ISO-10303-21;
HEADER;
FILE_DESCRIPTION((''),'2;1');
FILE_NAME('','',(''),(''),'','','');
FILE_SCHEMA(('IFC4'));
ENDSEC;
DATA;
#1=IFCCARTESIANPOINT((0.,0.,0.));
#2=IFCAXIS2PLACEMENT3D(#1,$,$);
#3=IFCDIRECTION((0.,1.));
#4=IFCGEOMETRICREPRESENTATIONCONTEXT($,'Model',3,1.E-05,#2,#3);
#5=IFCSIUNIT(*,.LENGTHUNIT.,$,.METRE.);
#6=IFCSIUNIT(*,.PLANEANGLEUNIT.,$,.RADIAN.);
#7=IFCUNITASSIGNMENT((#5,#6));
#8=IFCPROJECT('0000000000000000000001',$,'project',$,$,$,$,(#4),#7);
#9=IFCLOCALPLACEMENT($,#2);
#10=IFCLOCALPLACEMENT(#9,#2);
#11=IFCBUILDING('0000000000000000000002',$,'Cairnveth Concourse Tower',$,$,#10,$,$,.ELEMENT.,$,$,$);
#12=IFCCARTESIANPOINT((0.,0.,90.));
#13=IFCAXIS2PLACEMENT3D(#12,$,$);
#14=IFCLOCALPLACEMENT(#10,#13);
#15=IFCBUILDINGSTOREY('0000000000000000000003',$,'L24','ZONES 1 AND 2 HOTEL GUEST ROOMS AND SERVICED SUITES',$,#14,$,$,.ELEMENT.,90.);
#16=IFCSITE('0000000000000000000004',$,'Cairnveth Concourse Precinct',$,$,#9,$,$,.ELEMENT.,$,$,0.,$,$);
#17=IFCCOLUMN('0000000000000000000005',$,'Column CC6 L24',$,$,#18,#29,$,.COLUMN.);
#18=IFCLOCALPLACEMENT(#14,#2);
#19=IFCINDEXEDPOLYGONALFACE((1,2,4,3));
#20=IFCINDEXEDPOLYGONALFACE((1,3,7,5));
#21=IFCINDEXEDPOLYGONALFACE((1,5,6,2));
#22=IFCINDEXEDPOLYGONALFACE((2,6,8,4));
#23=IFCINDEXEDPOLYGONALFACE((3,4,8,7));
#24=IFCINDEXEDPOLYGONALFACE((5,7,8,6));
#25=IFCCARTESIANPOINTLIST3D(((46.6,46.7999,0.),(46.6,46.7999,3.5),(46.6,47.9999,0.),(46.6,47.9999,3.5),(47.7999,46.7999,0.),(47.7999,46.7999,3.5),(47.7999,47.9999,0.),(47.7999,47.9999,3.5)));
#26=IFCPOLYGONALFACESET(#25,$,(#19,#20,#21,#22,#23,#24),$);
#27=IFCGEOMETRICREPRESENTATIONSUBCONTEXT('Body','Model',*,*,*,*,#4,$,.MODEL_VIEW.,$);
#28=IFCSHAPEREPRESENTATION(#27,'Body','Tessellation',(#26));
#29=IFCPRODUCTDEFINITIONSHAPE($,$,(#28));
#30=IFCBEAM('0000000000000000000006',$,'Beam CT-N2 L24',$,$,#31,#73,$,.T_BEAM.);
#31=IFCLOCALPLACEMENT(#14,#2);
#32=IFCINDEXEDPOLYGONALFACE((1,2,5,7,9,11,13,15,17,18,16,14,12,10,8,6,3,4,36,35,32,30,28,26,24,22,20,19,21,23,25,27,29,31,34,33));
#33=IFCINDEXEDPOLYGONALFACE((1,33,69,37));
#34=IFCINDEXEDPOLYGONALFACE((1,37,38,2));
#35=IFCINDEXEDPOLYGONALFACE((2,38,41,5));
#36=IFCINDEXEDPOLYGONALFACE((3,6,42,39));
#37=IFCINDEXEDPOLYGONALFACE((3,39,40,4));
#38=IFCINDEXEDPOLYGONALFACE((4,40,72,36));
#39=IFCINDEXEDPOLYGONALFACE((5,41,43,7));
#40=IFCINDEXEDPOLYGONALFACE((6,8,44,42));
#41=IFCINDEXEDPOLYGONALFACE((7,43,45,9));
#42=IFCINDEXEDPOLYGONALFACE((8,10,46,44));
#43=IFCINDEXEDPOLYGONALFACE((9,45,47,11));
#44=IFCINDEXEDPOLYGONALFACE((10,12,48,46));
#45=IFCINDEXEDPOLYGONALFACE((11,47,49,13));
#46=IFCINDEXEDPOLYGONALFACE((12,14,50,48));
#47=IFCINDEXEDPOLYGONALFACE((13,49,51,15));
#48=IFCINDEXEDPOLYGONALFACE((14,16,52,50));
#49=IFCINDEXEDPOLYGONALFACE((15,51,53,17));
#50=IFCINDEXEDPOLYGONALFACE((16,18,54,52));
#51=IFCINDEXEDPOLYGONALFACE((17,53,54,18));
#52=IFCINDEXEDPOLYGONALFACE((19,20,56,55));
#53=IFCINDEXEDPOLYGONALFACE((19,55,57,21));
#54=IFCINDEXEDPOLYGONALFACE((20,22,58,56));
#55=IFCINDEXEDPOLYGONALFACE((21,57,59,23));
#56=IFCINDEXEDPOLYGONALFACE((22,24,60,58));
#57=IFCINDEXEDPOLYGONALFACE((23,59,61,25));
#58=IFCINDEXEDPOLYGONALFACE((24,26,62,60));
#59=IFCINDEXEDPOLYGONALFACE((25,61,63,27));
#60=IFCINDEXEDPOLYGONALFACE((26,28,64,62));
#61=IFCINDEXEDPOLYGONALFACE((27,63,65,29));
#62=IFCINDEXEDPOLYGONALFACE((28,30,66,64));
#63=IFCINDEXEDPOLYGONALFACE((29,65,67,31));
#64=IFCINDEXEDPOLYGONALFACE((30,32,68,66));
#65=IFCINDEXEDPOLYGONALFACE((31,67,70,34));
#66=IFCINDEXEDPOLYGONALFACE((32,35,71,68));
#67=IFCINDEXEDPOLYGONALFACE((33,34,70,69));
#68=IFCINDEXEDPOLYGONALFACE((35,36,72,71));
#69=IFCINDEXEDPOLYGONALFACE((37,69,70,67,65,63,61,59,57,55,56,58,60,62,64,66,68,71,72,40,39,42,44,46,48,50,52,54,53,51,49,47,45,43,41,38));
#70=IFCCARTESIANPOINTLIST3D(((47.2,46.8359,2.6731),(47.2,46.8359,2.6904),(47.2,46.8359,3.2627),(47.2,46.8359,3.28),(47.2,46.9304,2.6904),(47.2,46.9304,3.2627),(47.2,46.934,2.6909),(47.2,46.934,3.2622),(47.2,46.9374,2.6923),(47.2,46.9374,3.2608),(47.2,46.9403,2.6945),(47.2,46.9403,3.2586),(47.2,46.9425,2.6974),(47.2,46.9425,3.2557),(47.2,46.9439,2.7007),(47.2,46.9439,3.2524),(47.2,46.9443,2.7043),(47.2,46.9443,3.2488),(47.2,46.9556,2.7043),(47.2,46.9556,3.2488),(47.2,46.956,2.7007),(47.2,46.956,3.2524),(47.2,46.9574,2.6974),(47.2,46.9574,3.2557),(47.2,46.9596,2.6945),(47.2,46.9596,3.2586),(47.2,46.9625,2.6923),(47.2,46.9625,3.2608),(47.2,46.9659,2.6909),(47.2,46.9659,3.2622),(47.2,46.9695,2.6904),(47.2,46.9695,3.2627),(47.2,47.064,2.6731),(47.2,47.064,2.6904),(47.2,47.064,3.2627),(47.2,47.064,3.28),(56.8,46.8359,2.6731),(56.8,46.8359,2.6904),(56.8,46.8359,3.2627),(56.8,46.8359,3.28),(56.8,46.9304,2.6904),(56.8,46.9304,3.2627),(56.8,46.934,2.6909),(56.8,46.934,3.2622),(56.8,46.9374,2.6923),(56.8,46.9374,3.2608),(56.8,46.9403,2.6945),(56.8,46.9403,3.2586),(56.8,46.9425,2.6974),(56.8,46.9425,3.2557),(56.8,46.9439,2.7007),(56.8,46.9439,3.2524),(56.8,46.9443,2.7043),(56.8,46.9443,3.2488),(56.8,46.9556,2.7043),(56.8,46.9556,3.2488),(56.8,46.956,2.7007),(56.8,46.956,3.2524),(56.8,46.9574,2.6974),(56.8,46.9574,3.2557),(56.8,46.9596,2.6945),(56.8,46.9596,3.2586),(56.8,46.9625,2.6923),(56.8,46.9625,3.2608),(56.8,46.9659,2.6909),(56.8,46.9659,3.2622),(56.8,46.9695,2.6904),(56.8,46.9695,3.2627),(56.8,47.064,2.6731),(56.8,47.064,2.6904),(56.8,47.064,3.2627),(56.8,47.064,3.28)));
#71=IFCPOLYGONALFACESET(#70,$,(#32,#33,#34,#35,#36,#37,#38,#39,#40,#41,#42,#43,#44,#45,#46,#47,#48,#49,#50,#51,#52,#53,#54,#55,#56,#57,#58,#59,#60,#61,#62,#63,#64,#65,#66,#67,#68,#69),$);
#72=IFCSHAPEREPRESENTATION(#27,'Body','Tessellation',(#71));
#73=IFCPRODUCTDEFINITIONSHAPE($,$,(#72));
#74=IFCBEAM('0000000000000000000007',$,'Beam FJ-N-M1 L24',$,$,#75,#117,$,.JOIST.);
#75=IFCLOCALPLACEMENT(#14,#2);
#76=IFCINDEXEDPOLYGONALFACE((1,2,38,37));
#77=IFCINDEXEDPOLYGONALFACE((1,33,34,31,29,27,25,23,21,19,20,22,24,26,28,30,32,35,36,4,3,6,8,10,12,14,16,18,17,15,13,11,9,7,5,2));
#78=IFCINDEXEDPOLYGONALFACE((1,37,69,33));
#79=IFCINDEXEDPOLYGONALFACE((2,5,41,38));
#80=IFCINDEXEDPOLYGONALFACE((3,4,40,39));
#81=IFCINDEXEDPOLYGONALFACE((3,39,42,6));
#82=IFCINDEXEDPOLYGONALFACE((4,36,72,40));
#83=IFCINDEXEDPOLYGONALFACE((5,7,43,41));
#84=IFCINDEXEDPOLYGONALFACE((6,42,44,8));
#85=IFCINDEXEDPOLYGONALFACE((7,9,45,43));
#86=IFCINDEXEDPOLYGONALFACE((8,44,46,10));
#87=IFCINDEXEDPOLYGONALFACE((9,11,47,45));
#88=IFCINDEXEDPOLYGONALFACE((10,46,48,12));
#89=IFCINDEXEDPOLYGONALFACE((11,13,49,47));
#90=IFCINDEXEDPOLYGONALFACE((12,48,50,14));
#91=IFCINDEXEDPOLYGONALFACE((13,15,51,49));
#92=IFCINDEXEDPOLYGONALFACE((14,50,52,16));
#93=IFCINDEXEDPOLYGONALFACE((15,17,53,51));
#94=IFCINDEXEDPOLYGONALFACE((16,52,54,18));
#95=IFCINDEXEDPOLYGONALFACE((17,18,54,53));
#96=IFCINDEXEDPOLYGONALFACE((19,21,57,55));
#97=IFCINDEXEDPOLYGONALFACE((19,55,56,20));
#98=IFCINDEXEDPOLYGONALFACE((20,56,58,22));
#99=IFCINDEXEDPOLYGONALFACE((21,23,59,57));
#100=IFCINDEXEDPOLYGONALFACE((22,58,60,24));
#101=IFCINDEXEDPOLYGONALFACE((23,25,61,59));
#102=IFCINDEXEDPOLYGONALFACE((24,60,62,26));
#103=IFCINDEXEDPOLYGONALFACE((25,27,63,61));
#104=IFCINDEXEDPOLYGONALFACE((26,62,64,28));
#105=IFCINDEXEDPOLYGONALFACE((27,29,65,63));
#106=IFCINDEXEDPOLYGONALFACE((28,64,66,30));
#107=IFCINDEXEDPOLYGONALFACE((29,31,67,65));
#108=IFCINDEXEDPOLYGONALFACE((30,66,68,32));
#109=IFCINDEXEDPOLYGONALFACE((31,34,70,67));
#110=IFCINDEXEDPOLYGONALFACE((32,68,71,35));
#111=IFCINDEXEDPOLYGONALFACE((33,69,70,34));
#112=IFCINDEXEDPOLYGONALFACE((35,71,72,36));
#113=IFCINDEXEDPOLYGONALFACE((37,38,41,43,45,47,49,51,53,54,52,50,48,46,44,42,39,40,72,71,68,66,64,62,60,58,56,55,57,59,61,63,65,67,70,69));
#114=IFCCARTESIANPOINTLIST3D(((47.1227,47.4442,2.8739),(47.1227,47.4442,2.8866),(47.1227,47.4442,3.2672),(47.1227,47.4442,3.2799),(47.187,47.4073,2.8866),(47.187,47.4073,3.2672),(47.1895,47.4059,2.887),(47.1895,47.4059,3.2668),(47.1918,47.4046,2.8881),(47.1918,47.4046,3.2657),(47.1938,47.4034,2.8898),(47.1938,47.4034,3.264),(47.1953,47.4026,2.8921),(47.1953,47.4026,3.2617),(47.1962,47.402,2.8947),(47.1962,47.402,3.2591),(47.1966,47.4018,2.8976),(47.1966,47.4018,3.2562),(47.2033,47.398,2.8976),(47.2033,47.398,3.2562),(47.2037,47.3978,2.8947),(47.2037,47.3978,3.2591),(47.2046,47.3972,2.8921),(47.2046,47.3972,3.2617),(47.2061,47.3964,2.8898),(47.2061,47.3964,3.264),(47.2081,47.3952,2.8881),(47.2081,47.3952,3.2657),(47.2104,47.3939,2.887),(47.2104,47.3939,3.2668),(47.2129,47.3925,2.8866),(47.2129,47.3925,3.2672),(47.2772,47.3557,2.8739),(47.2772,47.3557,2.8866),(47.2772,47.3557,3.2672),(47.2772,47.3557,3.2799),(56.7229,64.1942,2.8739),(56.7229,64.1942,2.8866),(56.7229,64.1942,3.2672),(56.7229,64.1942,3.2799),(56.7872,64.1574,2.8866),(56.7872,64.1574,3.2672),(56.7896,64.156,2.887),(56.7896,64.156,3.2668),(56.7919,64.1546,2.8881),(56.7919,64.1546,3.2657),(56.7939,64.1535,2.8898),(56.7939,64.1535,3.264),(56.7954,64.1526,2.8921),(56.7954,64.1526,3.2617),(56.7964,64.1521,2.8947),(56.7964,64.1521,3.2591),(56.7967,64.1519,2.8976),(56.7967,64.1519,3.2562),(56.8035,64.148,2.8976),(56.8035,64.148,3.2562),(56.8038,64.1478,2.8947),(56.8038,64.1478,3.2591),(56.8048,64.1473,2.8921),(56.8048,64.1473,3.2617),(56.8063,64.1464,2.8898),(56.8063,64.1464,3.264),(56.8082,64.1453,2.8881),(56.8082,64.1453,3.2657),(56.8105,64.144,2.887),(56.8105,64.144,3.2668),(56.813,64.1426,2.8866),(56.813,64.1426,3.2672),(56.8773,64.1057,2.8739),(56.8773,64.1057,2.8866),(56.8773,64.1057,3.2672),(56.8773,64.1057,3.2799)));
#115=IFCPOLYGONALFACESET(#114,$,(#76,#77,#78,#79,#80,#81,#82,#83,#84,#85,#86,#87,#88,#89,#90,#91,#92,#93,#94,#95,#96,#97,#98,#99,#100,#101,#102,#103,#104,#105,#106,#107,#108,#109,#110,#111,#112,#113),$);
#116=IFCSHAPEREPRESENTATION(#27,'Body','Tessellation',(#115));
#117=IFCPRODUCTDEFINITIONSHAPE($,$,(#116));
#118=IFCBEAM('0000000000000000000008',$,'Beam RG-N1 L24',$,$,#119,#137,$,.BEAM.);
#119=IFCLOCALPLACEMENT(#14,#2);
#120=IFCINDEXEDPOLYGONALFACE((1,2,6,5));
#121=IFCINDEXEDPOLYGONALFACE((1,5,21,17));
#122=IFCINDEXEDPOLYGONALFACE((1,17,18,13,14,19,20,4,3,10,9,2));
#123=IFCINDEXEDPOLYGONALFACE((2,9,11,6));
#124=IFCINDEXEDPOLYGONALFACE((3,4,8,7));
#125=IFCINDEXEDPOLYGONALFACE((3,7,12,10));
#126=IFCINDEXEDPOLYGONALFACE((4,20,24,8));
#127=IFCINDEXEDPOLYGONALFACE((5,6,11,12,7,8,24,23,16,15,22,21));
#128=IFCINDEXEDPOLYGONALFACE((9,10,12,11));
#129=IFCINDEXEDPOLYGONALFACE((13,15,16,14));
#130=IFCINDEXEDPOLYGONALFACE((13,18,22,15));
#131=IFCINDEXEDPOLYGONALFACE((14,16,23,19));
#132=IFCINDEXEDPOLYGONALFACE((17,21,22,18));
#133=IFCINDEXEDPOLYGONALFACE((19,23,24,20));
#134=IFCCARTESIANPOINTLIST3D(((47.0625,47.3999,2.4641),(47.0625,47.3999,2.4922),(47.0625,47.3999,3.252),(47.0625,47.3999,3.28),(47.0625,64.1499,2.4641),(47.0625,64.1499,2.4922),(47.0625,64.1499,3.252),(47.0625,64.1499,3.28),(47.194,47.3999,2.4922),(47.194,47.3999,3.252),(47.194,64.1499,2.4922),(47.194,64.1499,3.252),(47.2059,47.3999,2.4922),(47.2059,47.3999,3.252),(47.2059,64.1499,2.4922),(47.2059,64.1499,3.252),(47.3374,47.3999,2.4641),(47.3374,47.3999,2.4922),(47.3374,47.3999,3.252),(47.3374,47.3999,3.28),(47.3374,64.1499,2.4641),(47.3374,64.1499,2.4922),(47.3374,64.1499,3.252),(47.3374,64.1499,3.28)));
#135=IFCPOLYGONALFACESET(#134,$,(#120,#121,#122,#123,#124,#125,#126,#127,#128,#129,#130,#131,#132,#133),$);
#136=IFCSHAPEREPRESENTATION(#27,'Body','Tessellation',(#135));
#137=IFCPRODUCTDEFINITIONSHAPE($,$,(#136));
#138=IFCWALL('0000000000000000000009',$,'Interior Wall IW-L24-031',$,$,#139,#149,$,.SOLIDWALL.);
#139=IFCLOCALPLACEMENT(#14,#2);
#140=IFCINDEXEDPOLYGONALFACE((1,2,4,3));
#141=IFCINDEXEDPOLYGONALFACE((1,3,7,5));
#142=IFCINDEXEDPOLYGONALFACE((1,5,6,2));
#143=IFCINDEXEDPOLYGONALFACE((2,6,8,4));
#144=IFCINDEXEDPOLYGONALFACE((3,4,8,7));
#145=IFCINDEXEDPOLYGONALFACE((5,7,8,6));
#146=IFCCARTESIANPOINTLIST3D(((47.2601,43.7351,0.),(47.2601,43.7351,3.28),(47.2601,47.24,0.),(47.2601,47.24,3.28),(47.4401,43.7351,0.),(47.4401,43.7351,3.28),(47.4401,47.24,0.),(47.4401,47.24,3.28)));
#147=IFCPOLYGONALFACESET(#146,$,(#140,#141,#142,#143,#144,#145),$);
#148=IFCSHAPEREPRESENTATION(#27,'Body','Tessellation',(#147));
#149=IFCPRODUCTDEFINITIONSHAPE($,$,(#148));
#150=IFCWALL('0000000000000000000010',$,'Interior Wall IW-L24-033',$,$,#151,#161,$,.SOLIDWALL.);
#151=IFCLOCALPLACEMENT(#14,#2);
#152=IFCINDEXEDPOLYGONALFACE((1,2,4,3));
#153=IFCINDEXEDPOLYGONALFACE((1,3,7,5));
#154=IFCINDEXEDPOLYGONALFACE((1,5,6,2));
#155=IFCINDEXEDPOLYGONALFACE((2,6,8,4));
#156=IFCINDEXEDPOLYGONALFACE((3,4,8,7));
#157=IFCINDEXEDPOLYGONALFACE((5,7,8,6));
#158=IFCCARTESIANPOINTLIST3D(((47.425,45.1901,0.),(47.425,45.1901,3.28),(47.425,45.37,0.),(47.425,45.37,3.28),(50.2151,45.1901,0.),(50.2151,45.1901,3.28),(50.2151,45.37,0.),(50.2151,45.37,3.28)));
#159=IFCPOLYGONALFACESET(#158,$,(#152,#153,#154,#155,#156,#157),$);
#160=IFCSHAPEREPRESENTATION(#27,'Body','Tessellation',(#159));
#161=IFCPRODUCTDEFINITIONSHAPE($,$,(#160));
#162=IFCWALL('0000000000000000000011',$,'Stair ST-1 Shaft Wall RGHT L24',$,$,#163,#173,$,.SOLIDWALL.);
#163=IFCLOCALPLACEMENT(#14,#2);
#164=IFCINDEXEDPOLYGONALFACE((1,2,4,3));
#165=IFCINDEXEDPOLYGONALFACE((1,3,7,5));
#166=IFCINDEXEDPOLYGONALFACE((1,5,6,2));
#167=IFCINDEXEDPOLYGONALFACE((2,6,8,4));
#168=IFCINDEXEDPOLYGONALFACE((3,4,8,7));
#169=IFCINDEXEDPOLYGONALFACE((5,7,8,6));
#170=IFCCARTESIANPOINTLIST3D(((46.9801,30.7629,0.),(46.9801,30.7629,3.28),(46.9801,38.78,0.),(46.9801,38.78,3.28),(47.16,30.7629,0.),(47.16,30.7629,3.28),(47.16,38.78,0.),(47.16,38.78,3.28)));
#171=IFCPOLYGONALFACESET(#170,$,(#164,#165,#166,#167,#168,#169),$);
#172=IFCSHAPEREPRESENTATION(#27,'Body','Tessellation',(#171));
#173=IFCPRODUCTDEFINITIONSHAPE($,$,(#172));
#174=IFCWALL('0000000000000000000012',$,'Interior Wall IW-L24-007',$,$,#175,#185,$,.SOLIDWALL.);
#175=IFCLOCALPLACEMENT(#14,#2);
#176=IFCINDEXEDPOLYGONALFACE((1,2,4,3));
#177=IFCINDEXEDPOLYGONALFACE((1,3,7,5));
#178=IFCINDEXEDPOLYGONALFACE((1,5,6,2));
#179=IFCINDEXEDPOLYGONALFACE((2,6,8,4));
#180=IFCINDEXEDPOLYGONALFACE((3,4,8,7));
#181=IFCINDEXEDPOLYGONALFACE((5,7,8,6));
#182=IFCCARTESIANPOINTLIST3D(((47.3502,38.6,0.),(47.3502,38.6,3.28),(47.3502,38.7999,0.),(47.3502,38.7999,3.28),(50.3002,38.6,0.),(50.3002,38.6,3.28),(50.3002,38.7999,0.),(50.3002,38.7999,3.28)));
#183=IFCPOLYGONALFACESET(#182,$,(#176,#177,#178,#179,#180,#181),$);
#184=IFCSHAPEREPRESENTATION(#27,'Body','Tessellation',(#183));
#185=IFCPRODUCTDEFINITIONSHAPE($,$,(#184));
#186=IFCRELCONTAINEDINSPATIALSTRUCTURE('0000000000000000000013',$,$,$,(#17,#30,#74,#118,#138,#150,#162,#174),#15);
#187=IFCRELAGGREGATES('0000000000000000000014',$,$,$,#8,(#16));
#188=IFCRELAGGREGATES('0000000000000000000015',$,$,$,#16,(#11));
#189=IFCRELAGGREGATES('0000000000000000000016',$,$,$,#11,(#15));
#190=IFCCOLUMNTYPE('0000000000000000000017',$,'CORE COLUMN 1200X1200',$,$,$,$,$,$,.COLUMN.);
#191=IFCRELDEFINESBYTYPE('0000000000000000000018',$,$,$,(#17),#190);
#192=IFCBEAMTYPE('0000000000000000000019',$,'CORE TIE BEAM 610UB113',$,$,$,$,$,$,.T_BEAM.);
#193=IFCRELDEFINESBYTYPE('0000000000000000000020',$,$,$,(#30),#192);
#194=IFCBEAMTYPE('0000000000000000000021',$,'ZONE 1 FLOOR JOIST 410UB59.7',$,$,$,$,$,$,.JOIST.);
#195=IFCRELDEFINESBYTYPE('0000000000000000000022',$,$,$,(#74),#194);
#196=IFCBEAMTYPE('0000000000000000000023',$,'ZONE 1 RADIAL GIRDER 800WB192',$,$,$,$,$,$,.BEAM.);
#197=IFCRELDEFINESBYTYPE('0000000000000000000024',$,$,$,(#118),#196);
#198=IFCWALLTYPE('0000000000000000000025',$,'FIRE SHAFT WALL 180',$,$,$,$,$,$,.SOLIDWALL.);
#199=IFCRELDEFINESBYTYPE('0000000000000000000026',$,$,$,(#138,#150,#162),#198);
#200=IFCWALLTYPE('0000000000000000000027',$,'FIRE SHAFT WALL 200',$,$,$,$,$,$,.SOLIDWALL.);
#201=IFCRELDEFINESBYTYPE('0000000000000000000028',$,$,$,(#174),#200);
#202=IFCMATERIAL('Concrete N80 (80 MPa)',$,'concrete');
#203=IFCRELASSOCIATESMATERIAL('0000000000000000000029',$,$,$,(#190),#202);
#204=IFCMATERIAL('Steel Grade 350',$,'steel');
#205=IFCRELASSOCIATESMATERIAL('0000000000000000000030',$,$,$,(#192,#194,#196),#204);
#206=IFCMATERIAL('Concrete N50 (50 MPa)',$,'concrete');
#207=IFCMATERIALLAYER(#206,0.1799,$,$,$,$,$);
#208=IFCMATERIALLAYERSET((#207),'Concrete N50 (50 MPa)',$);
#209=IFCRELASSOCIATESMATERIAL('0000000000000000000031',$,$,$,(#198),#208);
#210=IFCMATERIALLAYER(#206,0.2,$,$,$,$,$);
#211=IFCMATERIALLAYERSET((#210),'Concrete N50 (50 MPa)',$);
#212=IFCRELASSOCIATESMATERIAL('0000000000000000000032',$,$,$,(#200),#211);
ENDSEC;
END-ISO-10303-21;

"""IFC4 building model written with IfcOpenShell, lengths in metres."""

from ifc_helpers import new_model, si_unit, direction, frame, frame_2d, origin, origin_2d, place, context, subcontext, project, spatial, rectangle, i_section, extrude, material, layer, layer_set, material_profile, profile_set, type_object, element, save


model = new_model("IFC4")

# Units and contexts
model_context = context("Model", 3, precision=1e-05, world=origin(), true_north=direction((0.0, 1.0)))
body_context = subcontext(model_context, "Body", "Model", "MODEL_VIEW")
ifc_project = project(units=[si_unit("LENGTHUNIT", "METRE"), si_unit("PLANEANGLEUNIT", "RADIAN")], contexts=[model_context])

# Site, building, storey
site_placement = place(None, origin())
site = spatial("IfcSite", under=ifc_project, at=site_placement, Name="Cairnveth Concourse Precinct", CompositionType="ELEMENT", RefElevation=0.0)
building_placement = place(site_placement, origin())
building = spatial("IfcBuilding", under=site, at=building_placement, Name="Cairnveth Concourse Tower", CompositionType="ELEMENT")
storey_placement = place(building_placement, frame((0.0, 0.0, 90.0)))
storey = spatial("IfcBuildingStorey", under=building, at=storey_placement, Name="L24", Description="ZONES 1 AND 2 HOTEL GUEST ROOMS AND SERVICED SUITES", CompositionType="ELEMENT", Elevation=90.0)

# Column
ifc_material_1 = material(Name="Concrete N80 (80 MPa)", Category="concrete")
ifc_material_profile_1 = material_profile(ifc_material_1, rectangle(XDim=1.2, YDim=1.2, at=origin_2d()), Name="RC-COL-1200x1200")
ifc_profile_set_1 = profile_set([ifc_material_profile_1], Name="Concrete N80 (80 MPa)")
column_type = type_object("IfcColumnType", Name="CORE COLUMN 1200X1200", PredefinedType="COLUMN", material=ifc_profile_set_1)
column_placement = place(storey_placement, frame((47.2, 47.3999, 0.0), z_axis=(0.0, 0.0, 1.0), x_axis=(1.0, 0.0, 0.0)))
element("IfcColumn", 1, at=column_placement, inside=storey, type_object=column_type, Name="Column CC6 L24", PredefinedType="COLUMN", context=body_context, shape_type="SweptSolid", body=[
    extrude(rectangle(XDim=1.2, YDim=1.2, at=origin_2d()), origin(), (0.0, 0.0, 1.0), 3.5),
])

# Beams
ifc_material_2 = material(Name="Steel Grade 350", Category="steel")
ifc_material_profile_2 = material_profile(ifc_material_2, i_section(OverallWidth=0.228, OverallDepth=0.6069, WebThickness=0.0112, FlangeThickness=0.0173, FilletRadius=0.0139, at=origin_2d()), Name="610UB113")
ifc_profile_set_2 = profile_set([ifc_material_profile_2], Name="Steel Grade 350")
beam_type_1 = type_object("IfcBeamType", Name="CORE TIE BEAM 610UB113", PredefinedType="T_BEAM", material=ifc_profile_set_2)
beam_1_placement = place(storey_placement, frame((47.2, 46.95, 2.9766), z_axis=(1.0, 0.0, 0.0), x_axis=(0.0, 1.0, 0.0)))
element("IfcBeam", 2, at=beam_1_placement, inside=storey, type_object=beam_type_1, Name="Beam CT-N2 L24", PredefinedType="T_BEAM", context=body_context, shape_type="SweptSolid", body=[
    extrude(i_section(OverallWidth=0.228, OverallDepth=0.6069, WebThickness=0.0112, FlangeThickness=0.0173, FilletRadius=0.0139, at=origin_2d()), origin(), (0.0, 0.0, 1.0), 9.6001),
])
ifc_material_profile_3 = material_profile(ifc_material_2, i_section(OverallWidth=0.178, OverallDepth=0.406, WebThickness=0.0078, FlangeThickness=0.0127, FilletRadius=0.011, at=origin_2d()), Name="410UB59.7")
ifc_profile_set_3 = profile_set([ifc_material_profile_3], Name="Steel Grade 350")
beam_type_2 = type_object("IfcBeamType", Name="ZONE 1 FLOOR JOIST 410UB59.7", PredefinedType="JOIST", material=ifc_profile_set_3)
beam_2_placement = place(storey_placement, frame((47.2, 47.3999, 3.0769), z_axis=(0.497258, 0.867603, 0.0), x_axis=(-0.867603, 0.497258, 0.0)))
element("IfcBeam", 3, at=beam_2_placement, inside=storey, type_object=beam_type_2, Name="Beam FJ-N-M1 L24", PredefinedType="JOIST", context=body_context, shape_type="SweptSolid", body=[
    extrude(i_section(OverallWidth=0.178, OverallDepth=0.406, WebThickness=0.0078, FlangeThickness=0.0127, FilletRadius=0.011, at=origin_2d()), origin(), (0.0, 0.0, 1.0), 19.3062),
])
ifc_material_profile_4 = material_profile(ifc_material_2, i_section(OverallWidth=0.2749, OverallDepth=0.8159, WebThickness=0.012, FlangeThickness=0.0281, at=origin_2d()), Name="800WB192")
ifc_profile_set_4 = profile_set([ifc_material_profile_4], Name="Steel Grade 350")
beam_type_3 = type_object("IfcBeamType", Name="ZONE 1 RADIAL GIRDER 800WB192", PredefinedType="BEAM", material=ifc_profile_set_4)
beam_3_placement = place(storey_placement, frame((47.2, 47.3999, 2.8721), z_axis=(0.0, 1.0, 0.0), x_axis=(-1.0, 0.0, 0.0)))
element("IfcBeam", 4, at=beam_3_placement, inside=storey, type_object=beam_type_3, Name="Beam RG-N1 L24", PredefinedType="BEAM", context=body_context, shape_type="SweptSolid", body=[
    extrude(i_section(OverallWidth=0.2749, OverallDepth=0.8159, WebThickness=0.012, FlangeThickness=0.0281, at=origin_2d()), origin(), (0.0, 0.0, 1.0), 16.75),
])

# Walls
ifc_material_3 = material(Name="Concrete N50 (50 MPa)", Category="concrete")
ifc_layer_1 = layer(ifc_material_3, 0.1799)
ifc_layer_set_1 = layer_set([ifc_layer_1], Name="Concrete N50 (50 MPa)")
wall_type_1 = type_object("IfcWallType", Name="FIRE SHAFT WALL 180", PredefinedType="SOLIDWALL", material=ifc_layer_set_1)
wall_1_placement = place(storey_placement, frame((47.3501, 43.7351, 0.0), z_axis=(0.0, 0.0, 1.0), x_axis=(0.0, 1.0, 0.0)))
element("IfcWall", 5, at=wall_1_placement, inside=storey, type_object=wall_type_1, Name="Interior Wall IW-L24-031", PredefinedType="SOLIDWALL", context=body_context, shape_type="SweptSolid", body=[
    extrude(rectangle(XDim=3.5049, YDim=0.1799, at=frame_2d((1.7524, 0.0))), origin(), (0.0, 0.0, 1.0), 3.28),
])
wall_2_placement = place(storey_placement, frame((47.425, 45.28, 0.0), z_axis=(0.0, 0.0, 1.0), x_axis=(1.0, 0.0, 0.0)))
element("IfcWall", 6, at=wall_2_placement, inside=storey, type_object=wall_type_1, Name="Interior Wall IW-L24-033", PredefinedType="SOLIDWALL", context=body_context, shape_type="SweptSolid", body=[
    extrude(rectangle(XDim=2.79, YDim=0.1799, at=frame_2d((1.395, 0.0))), origin(), (0.0, 0.0, 1.0), 3.28),
])

# Walls
wall_3_placement = place(storey_placement, frame((47.0701, 38.78, 0.0), z_axis=(0.0, 0.0, 1.0), x_axis=(0.0, -1.0, 0.0)))
element("IfcWall", 7, at=wall_3_placement, inside=storey, type_object=wall_type_1, Name="Stair ST-1 Shaft Wall RGHT L24", PredefinedType="SOLIDWALL", context=body_context, shape_type="SweptSolid", body=[
    extrude(rectangle(XDim=8.0171, YDim=0.1799, at=frame_2d((4.0085, 0.0))), origin(), (0.0, 0.0, 1.0), 3.28),
])
ifc_layer_2 = layer(ifc_material_3, 0.2)
ifc_layer_set_2 = layer_set([ifc_layer_2], Name="Concrete N50 (50 MPa)")
wall_type_2 = type_object("IfcWallType", Name="FIRE SHAFT WALL 200", PredefinedType="SOLIDWALL", material=ifc_layer_set_2)
for number, where, z_axis, x_axis, name in (
    (8, (47.3501, 38.7, 0.0), (0.0, 0.0, 1.0), (1.0, 0.0, 0.0), "Interior Wall IW-L24-007"),
):
    element("IfcWall", number, at=place(storey_placement, frame(where, z_axis=z_axis, x_axis=x_axis)), inside=storey, type_object=wall_type_2, Name=name, PredefinedType="SOLIDWALL", context=body_context, shape_type="SweptSolid", body=[
        extrude(rectangle(XDim=2.95, YDim=0.2, at=frame_2d((1.4751, 0.0))), origin(), (0.0, 0.0, 1.0), 3.28),
    ])

save(model, "model.ifc")
